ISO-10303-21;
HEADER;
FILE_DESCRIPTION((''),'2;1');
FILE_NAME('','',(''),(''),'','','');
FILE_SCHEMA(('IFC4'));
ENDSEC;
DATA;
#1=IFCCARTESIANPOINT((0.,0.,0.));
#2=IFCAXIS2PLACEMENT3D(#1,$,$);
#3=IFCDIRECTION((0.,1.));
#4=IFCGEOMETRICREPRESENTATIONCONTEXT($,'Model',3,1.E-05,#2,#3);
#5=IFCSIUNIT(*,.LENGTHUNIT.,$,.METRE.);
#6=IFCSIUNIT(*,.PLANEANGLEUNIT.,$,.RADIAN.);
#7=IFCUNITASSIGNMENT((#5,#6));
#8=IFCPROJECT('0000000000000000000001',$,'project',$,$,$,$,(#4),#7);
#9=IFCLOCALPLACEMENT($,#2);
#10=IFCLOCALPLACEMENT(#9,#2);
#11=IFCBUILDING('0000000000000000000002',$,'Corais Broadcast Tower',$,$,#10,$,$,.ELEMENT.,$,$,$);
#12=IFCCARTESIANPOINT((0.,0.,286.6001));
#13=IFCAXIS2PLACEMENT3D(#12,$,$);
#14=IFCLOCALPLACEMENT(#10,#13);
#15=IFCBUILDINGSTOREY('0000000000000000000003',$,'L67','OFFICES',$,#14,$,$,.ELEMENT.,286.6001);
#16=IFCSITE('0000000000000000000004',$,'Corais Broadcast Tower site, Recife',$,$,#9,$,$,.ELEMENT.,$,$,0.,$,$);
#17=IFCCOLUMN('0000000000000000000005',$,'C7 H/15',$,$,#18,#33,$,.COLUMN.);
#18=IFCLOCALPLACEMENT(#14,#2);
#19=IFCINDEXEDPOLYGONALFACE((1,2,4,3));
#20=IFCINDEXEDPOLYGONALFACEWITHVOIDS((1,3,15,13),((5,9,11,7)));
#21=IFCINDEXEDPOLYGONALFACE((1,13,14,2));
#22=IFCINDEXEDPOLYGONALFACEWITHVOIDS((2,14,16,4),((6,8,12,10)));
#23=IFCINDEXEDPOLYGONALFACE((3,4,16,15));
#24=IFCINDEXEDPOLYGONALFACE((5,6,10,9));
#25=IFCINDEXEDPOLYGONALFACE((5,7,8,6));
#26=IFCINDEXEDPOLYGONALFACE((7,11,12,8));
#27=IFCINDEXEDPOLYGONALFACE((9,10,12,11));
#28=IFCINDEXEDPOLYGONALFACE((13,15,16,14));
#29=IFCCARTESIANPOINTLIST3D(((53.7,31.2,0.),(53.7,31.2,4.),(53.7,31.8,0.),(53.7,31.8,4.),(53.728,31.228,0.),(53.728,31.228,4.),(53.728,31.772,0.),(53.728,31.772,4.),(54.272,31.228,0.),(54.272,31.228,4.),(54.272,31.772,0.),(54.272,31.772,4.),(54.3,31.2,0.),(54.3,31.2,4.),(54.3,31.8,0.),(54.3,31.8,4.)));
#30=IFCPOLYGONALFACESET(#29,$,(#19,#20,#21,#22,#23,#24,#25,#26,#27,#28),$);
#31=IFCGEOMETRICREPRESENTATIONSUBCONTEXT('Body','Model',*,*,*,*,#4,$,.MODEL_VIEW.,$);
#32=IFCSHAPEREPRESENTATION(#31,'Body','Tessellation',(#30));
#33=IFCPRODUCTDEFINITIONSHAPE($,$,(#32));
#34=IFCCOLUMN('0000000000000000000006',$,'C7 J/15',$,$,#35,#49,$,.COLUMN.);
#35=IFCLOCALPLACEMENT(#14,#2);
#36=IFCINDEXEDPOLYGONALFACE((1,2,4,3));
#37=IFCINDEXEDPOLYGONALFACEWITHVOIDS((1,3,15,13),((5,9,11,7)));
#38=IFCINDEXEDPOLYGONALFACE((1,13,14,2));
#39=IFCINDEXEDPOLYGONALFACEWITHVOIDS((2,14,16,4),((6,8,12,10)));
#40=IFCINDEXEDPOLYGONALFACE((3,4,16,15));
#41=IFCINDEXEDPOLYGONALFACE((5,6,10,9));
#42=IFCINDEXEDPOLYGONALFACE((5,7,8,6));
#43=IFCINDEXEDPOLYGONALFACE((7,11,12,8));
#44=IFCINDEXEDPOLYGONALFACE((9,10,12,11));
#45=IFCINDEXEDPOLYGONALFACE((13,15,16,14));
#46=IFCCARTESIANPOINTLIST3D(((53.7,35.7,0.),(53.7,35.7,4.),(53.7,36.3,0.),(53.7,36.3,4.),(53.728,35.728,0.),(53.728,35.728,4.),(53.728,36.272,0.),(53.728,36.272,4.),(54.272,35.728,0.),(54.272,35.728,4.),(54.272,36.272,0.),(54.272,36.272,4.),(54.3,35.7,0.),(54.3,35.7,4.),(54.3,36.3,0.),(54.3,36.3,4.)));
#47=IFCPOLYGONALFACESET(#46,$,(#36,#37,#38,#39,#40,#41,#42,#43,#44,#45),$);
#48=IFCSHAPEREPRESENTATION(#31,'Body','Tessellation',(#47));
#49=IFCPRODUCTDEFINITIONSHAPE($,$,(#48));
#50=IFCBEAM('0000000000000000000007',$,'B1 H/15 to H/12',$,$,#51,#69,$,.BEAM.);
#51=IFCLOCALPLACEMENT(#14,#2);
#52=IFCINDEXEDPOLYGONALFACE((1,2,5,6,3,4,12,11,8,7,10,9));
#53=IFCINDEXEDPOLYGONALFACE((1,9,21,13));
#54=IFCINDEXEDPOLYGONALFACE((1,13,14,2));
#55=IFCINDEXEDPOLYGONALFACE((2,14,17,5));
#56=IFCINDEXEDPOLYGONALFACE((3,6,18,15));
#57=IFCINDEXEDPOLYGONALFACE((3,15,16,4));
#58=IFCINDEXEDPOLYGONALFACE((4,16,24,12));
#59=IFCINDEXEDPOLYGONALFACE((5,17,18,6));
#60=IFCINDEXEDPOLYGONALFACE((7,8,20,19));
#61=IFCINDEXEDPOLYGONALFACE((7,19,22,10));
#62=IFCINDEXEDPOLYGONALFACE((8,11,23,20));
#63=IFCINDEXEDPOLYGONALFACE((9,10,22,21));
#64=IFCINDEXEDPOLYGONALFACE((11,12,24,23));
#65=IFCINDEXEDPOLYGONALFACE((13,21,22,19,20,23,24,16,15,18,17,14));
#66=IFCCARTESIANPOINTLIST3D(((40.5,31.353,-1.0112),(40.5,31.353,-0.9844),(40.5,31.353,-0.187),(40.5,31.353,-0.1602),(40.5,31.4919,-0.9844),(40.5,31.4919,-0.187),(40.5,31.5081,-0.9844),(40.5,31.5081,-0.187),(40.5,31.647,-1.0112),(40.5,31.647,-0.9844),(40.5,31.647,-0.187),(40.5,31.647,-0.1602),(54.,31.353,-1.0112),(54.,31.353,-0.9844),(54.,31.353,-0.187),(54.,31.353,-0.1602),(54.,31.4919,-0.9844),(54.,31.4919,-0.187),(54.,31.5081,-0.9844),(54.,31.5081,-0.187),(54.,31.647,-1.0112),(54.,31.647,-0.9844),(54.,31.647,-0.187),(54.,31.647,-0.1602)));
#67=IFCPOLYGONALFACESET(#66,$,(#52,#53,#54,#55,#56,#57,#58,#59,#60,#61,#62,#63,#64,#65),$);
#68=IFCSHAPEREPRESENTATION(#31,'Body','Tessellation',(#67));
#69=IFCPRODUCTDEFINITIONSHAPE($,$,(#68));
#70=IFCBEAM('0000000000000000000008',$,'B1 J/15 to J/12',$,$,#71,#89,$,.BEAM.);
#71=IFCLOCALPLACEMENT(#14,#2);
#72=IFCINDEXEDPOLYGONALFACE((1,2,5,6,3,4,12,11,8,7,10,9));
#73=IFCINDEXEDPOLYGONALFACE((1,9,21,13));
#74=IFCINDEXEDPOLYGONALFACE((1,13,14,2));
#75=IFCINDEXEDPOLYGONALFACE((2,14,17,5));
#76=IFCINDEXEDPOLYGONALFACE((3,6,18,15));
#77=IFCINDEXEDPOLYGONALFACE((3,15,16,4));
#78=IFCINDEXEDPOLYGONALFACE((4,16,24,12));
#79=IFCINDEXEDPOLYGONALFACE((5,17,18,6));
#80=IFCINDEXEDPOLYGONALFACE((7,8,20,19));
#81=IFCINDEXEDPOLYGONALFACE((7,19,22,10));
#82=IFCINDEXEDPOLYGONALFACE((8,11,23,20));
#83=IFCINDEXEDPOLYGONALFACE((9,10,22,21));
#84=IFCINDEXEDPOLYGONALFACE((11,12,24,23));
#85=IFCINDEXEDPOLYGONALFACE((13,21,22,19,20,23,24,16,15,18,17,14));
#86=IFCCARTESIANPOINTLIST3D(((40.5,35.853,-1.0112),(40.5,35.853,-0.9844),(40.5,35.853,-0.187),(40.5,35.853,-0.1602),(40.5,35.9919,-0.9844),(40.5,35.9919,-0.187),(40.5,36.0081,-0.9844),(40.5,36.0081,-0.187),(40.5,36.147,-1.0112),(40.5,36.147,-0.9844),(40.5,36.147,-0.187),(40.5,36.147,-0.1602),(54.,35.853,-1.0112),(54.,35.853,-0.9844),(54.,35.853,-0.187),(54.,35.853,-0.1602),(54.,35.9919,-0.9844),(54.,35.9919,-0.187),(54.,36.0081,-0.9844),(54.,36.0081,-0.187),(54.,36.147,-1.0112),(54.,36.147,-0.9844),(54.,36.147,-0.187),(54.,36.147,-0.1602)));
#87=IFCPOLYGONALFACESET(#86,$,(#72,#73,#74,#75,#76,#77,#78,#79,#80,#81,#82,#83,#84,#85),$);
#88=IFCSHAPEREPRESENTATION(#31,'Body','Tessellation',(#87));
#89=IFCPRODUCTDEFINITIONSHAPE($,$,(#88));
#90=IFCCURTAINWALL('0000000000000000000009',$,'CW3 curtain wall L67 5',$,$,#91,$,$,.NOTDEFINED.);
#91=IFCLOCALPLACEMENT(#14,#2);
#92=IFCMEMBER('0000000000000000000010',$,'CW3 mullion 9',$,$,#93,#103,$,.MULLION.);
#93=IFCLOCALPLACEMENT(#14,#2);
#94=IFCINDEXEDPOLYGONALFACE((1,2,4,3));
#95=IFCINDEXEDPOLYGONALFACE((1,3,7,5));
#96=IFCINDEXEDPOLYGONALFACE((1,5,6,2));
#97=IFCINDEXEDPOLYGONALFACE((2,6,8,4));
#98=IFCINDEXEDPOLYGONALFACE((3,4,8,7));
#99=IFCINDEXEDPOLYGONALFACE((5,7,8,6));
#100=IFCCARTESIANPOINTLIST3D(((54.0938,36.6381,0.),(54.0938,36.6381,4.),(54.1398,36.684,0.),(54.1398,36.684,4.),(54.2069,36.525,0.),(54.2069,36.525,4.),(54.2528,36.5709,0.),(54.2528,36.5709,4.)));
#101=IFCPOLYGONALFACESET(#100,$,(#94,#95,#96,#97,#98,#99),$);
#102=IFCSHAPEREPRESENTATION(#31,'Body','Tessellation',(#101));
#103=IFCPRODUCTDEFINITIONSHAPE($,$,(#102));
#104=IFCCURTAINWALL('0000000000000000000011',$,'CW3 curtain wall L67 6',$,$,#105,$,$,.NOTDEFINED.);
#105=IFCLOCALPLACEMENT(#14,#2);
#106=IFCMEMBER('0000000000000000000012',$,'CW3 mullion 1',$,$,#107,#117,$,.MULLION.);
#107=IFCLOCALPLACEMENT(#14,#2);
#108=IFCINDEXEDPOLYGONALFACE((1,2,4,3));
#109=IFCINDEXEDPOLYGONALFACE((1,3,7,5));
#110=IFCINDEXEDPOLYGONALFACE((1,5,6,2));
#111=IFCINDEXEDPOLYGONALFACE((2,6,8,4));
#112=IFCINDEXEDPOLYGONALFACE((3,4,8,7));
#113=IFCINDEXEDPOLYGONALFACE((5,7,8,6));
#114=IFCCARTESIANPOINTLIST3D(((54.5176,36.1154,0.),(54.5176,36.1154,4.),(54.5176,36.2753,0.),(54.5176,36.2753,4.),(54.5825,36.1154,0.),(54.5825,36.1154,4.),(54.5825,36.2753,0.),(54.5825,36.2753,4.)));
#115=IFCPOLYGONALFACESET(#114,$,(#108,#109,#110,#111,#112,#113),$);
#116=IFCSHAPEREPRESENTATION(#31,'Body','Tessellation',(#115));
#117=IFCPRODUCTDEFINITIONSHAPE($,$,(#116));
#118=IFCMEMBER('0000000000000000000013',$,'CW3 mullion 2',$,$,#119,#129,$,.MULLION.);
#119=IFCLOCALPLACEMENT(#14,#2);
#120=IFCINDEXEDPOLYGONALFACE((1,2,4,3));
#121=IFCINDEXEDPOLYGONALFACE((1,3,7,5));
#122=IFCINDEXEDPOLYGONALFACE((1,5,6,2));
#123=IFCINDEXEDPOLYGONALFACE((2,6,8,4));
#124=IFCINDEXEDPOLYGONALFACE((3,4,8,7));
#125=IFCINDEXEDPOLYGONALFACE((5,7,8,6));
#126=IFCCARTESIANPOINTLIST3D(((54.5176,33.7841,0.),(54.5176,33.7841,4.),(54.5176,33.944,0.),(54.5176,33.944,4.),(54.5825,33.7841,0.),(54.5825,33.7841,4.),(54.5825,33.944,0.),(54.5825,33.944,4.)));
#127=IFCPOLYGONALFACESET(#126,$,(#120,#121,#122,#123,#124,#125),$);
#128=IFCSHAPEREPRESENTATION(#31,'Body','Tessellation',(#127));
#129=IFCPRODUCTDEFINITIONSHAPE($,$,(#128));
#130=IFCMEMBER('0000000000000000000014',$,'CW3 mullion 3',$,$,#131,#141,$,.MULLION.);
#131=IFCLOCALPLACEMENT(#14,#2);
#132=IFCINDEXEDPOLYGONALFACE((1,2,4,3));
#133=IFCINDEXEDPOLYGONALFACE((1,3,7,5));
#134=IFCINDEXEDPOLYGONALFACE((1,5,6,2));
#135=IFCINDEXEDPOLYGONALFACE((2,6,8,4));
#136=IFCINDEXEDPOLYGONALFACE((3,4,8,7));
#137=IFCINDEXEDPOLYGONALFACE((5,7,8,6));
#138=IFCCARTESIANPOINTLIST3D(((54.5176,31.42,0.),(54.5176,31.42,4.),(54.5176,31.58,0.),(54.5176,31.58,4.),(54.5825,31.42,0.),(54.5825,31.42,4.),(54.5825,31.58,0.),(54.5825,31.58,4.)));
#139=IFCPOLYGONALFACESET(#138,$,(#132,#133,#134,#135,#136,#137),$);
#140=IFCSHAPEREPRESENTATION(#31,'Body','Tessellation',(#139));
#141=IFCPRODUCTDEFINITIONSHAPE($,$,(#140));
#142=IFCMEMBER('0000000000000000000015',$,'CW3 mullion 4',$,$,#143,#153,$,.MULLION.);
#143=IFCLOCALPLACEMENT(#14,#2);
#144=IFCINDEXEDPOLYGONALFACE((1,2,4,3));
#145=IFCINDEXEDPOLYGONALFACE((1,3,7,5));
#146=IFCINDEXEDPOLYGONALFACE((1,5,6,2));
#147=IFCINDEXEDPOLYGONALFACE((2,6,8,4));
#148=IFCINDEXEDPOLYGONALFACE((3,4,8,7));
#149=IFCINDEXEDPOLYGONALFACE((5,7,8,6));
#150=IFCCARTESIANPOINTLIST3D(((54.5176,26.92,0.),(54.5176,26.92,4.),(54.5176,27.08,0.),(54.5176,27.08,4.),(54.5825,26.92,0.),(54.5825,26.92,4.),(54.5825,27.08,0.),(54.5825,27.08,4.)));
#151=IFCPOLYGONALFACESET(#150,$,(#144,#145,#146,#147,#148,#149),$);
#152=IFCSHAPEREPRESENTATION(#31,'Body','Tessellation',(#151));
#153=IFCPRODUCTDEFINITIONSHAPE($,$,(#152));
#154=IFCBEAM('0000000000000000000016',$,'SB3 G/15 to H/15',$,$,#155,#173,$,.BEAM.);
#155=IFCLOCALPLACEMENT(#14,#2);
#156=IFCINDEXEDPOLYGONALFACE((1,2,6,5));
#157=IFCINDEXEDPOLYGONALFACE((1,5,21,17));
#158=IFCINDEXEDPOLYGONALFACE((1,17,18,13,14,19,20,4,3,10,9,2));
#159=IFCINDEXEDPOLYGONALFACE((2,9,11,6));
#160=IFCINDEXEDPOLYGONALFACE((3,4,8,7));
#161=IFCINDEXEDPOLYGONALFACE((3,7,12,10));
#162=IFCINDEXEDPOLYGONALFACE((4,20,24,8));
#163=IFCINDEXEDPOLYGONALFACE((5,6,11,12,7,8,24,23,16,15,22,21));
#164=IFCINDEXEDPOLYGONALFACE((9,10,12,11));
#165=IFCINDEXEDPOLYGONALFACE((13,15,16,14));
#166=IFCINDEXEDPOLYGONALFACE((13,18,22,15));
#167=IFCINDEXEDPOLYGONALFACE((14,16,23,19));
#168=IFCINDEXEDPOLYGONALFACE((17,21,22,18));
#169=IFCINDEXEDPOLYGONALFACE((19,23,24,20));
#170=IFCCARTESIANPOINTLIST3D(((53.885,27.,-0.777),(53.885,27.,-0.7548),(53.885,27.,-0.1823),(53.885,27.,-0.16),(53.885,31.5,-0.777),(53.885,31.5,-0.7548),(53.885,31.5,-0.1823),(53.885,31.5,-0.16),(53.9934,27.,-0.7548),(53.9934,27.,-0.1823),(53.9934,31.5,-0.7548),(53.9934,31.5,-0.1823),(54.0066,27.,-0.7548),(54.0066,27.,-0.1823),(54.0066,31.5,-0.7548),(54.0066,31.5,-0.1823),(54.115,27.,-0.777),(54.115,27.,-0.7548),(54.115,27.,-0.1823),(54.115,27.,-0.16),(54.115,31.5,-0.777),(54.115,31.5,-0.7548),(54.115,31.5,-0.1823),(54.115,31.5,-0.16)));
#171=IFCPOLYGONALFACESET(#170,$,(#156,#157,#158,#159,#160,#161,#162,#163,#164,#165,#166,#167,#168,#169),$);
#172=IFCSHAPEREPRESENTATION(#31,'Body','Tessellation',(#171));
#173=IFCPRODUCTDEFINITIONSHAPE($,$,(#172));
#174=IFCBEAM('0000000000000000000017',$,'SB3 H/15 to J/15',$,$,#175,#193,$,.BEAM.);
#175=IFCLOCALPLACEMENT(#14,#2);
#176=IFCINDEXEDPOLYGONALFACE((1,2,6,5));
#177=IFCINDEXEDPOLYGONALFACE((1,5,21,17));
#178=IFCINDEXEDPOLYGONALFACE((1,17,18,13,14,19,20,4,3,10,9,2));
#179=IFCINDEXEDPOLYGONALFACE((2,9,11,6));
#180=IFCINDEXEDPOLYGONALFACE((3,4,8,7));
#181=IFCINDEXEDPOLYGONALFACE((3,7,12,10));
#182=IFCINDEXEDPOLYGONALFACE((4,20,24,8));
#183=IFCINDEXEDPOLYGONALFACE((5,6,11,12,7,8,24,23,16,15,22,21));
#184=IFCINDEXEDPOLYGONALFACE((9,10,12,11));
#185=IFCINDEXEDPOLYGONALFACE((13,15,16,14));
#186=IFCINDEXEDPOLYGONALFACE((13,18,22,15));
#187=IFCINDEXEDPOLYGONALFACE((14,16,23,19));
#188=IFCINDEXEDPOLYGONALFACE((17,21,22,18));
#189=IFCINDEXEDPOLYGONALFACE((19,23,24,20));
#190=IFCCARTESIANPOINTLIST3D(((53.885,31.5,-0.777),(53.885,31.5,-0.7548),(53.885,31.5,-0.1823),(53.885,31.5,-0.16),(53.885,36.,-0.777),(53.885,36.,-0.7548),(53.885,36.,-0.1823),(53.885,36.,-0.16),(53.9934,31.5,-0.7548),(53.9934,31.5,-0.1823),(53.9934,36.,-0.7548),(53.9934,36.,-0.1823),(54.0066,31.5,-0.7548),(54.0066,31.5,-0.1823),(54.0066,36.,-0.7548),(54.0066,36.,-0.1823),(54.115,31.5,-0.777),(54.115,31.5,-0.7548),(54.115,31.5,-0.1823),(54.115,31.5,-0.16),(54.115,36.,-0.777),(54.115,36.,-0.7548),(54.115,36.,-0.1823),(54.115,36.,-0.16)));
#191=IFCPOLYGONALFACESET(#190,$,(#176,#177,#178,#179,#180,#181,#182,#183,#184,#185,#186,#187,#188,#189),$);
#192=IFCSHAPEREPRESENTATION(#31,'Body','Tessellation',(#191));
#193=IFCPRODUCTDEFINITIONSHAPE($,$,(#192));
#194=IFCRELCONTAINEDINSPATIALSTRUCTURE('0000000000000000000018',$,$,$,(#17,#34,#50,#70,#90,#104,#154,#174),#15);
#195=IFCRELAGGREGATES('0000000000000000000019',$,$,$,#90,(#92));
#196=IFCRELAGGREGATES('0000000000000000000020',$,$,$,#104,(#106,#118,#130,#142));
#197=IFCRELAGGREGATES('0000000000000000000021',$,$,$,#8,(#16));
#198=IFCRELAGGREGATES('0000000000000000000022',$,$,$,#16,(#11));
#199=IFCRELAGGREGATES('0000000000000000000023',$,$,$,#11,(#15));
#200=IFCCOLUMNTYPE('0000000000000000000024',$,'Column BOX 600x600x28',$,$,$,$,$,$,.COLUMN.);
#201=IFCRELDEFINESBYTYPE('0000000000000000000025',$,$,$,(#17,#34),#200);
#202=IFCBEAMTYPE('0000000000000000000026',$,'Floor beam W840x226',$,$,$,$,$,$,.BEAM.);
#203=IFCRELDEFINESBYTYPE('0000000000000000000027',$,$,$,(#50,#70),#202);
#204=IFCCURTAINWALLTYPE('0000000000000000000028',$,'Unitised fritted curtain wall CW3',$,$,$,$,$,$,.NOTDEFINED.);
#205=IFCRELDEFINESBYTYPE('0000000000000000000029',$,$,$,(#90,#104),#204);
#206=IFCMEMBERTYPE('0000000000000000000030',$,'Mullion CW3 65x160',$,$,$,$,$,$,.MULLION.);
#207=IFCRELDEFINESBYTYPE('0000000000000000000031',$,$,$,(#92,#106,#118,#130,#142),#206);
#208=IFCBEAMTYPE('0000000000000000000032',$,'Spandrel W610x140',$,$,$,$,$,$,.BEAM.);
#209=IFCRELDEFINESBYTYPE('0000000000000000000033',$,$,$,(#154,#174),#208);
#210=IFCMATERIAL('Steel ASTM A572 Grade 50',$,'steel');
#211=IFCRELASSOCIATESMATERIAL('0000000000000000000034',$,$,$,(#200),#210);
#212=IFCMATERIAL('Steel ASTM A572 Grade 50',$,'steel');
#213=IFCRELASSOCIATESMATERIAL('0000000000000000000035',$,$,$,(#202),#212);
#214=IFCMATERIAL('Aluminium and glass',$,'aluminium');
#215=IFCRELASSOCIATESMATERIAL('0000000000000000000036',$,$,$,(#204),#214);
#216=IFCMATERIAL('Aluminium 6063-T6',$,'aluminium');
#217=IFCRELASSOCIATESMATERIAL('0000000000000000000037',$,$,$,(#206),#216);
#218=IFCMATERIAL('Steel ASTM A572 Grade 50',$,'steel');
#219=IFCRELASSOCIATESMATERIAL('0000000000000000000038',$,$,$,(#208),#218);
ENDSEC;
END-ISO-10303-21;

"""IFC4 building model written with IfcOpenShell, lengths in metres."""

from ifc_helpers import new_model, si_unit, direction, frame, origin, origin_2d, place, context, subcontext, project, spatial, rectangle, hollow_rectangle, i_section, extrude, material, material_profile, profile_set, type_object, element, aggregate, save


model = new_model("IFC4")

# Units and contexts
model_context = context("Model", 3, precision=1e-05, world=origin(), true_north=direction((0.0, 1.0)))
body_context = subcontext(model_context, "Body", "Model", "MODEL_VIEW")
ifc_project = project(units=[si_unit("LENGTHUNIT", "METRE"), si_unit("PLANEANGLEUNIT", "RADIAN")], contexts=[model_context])

# Site, building, storey
site_placement = place(None, origin())
site = spatial("IfcSite", under=ifc_project, at=site_placement, Name="Corais Broadcast Tower site, Recife", CompositionType="ELEMENT", RefElevation=0.0)
building_placement = place(site_placement, origin())
building = spatial("IfcBuilding", under=site, at=building_placement, Name="Corais Broadcast Tower", CompositionType="ELEMENT")
storey_placement = place(building_placement, frame((0.0, 0.0, 286.6001)))
storey = spatial("IfcBuildingStorey", under=building, at=storey_placement, Name="L67", Description="OFFICES", CompositionType="ELEMENT", Elevation=286.6001)

# Columns
ifc_material_1 = material(Name="Steel ASTM A572 Grade 50", Category="steel")
ifc_material_profile_1 = material_profile(ifc_material_1, hollow_rectangle(XDim=0.6001, YDim=0.6001, WallThickness=0.0281, at=origin_2d()), Name="BOX 600x600x28")
ifc_profile_set_1 = profile_set([ifc_material_profile_1], Name="Steel ASTM A572 Grade 50")
column_type = type_object("IfcColumnType", Name="Column BOX 600x600x28", PredefinedType="COLUMN", material=ifc_profile_set_1)
for number, where, z_axis, x_axis, name in (
    (1, (54.0, 31.5, 0.0), (0.0, 0.0, 1.0), (1.0, 0.0, 0.0), "C7 H/15"),
    (2, (54.0, 36.0, 0.0), (0.0, 0.0, 1.0), (1.0, 0.0, 0.0), "C7 J/15"),
):
    element("IfcColumn", number, at=place(storey_placement, frame(where, z_axis=z_axis, x_axis=x_axis)), inside=storey, type_object=column_type, Name=name, PredefinedType="COLUMN", context=body_context, shape_type="SweptSolid", body=[
        extrude(hollow_rectangle(XDim=0.6001, YDim=0.6001, WallThickness=0.0281, at=origin_2d()), origin(), (0.0, 0.0, 1.0), 4.0),
    ])

# Beams
ifc_material_2 = material(Name="Steel ASTM A572 Grade 50", Category="steel")
ifc_material_profile_2 = material_profile(ifc_material_2, i_section(OverallWidth=0.2939, OverallDepth=0.8511, WebThickness=0.0161, FlangeThickness=0.0269, at=origin_2d()), Name="W840x226")
ifc_profile_set_2 = profile_set([ifc_material_profile_2], Name="Steel ASTM A572 Grade 50")
beam_type_1 = type_object("IfcBeamType", Name="Floor beam W840x226", PredefinedType="BEAM", material=ifc_profile_set_2)
for number, where, z_axis, x_axis, name in (
    (3, (54.0, 31.5, -0.5857), (-1.0, 0.0, 0.0), (0.0, -1.0, 0.0), "B1 H/15 to H/12"),
    (4, (54.0, 36.0, -0.5857), (-1.0, 0.0, 0.0), (0.0, -1.0, 0.0), "B1 J/15 to J/12"),
):
    element("IfcBeam", number, at=place(storey_placement, frame(where, z_axis=z_axis, x_axis=x_axis)), inside=storey, type_object=beam_type_1, Name=name, PredefinedType="BEAM", context=body_context, shape_type="SweptSolid", body=[
        extrude(i_section(OverallWidth=0.2939, OverallDepth=0.8511, WebThickness=0.0161, FlangeThickness=0.0269, at=origin_2d()), origin(), (0.0, 0.0, 1.0), 13.5),
    ])

# Curtain wall, member
ifc_material_3 = material(Name="Aluminium and glass", Category="aluminium")
curtain_wall_type = type_object("IfcCurtainWallType", Name="Unitised fritted curtain wall CW3", PredefinedType="NOTDEFINED", material=ifc_material_3)
curtain_wall_1_placement = place(storey_placement, origin())
curtain_wall_1 = element("IfcCurtainWall", 5, at=curtain_wall_1_placement, inside=storey, type_object=curtain_wall_type, Name="CW3 curtain wall L67 5", PredefinedType="NOTDEFINED")
ifc_material_4 = material(Name="Aluminium 6063-T6", Category="aluminium")
ifc_material_profile_3 = material_profile(ifc_material_4, rectangle(XDim=0.0649, YDim=0.1599, at=origin_2d()), Name="Mullion CW3 65x160")
ifc_profile_set_3 = profile_set([ifc_material_profile_3], Name="Aluminium 6063-T6")
member_type_1 = type_object("IfcMemberType", Name="Mullion CW3 65x160", PredefinedType="MULLION", material=ifc_profile_set_3)
member_1_placement = place(storey_placement, frame((54.1733, 36.6045, 0.0), z_axis=(0.0, 0.0, 1.0), x_axis=(0.707107, 0.707107, 0.0)))
member_1 = element("IfcMember", 6, at=member_1_placement, type_object=member_type_1, Name="CW3 mullion 9", PredefinedType="MULLION", context=body_context, shape_type="SweptSolid", body=[
    extrude(rectangle(XDim=0.0649, YDim=0.1599, at=origin_2d()), origin(), (0.0, 0.0, 1.0), 4.0),
])

# Curtain wall, members
curtain_wall_2_placement = place(storey_placement, origin())
curtain_wall_2 = element("IfcCurtainWall", 7, at=curtain_wall_2_placement, inside=storey, type_object=curtain_wall_type, Name="CW3 curtain wall L67 6", PredefinedType="NOTDEFINED")
member_2_placement = place(storey_placement, frame((54.55, 36.1953, 0.0), z_axis=(0.0, 0.0, 1.0), x_axis=(1.0, 0.0, 0.0)))
member_2 = element("IfcMember", 8, at=member_2_placement, type_object=member_type_1, Name="CW3 mullion 1", PredefinedType="MULLION", context=body_context, shape_type="SweptSolid", body=[
    extrude(rectangle(XDim=0.0649, YDim=0.1599, at=origin_2d()), origin(), (0.0, 0.0, 1.0), 4.0),
])
member_3_placement = place(storey_placement, frame((54.55, 33.864, 0.0), z_axis=(0.0, 0.0, 1.0), x_axis=(1.0, 0.0, 0.0)))
member_3 = element("IfcMember", 9, at=member_3_placement, type_object=member_type_1, Name="CW3 mullion 2", PredefinedType="MULLION", context=body_context, shape_type="SweptSolid", body=[
    extrude(rectangle(XDim=0.0649, YDim=0.1599, at=origin_2d()), origin(), (0.0, 0.0, 1.0), 4.0),
])
member_4_placement = place(storey_placement, frame((54.55, 31.5, 0.0), z_axis=(0.0, 0.0, 1.0), x_axis=(1.0, 0.0, 0.0)))
member_4 = element("IfcMember", 10, at=member_4_placement, type_object=member_type_1, Name="CW3 mullion 3", PredefinedType="MULLION", context=body_context, shape_type="SweptSolid", body=[
    extrude(rectangle(XDim=0.0649, YDim=0.1599, at=origin_2d()), origin(), (0.0, 0.0, 1.0), 4.0),
])
member_5_placement = place(storey_placement, frame((54.55, 27.0, 0.0), z_axis=(0.0, 0.0, 1.0), x_axis=(1.0, 0.0, 0.0)))
member_5 = element("IfcMember", 11, at=member_5_placement, type_object=member_type_1, Name="CW3 mullion 4", PredefinedType="MULLION", context=body_context, shape_type="SweptSolid", body=[
    extrude(rectangle(XDim=0.0649, YDim=0.1599, at=origin_2d()), origin(), (0.0, 0.0, 1.0), 4.0),
])

# Beams
ifc_material_5 = material(Name="Steel ASTM A572 Grade 50", Category="steel")
ifc_material_profile_4 = material_profile(ifc_material_5, i_section(OverallWidth=0.23, OverallDepth=0.6169, WebThickness=0.0132, FlangeThickness=0.0222, at=origin_2d()), Name="W610x140")
ifc_profile_set_4 = profile_set([ifc_material_profile_4], Name="Steel ASTM A572 Grade 50")
beam_type_2 = type_object("IfcBeamType", Name="Spandrel W610x140", PredefinedType="BEAM", material=ifc_profile_set_4)
for number, where, z_axis, x_axis, name in (
    (12, (54.0, 27.0, -0.4685), (0.0, 1.0, 0.0), (-1.0, 0.0, 0.0), "SB3 G/15 to H/15"),
    (13, (54.0, 31.5, -0.4685), (0.0, 1.0, 0.0), (-1.0, 0.0, 0.0), "SB3 H/15 to J/15"),
):
    element("IfcBeam", number, at=place(storey_placement, frame(where, z_axis=z_axis, x_axis=x_axis)), inside=storey, type_object=beam_type_2, Name=name, PredefinedType="BEAM", context=body_context, shape_type="SweptSolid", body=[
        extrude(i_section(OverallWidth=0.23, OverallDepth=0.6169, WebThickness=0.0132, FlangeThickness=0.0222, at=origin_2d()), origin(), (0.0, 0.0, 1.0), 4.5),
    ])

aggregate(curtain_wall_1, [member_1])
aggregate(curtain_wall_2, [member_2, member_3, member_4, member_5])

save(model, "model.ifc")
